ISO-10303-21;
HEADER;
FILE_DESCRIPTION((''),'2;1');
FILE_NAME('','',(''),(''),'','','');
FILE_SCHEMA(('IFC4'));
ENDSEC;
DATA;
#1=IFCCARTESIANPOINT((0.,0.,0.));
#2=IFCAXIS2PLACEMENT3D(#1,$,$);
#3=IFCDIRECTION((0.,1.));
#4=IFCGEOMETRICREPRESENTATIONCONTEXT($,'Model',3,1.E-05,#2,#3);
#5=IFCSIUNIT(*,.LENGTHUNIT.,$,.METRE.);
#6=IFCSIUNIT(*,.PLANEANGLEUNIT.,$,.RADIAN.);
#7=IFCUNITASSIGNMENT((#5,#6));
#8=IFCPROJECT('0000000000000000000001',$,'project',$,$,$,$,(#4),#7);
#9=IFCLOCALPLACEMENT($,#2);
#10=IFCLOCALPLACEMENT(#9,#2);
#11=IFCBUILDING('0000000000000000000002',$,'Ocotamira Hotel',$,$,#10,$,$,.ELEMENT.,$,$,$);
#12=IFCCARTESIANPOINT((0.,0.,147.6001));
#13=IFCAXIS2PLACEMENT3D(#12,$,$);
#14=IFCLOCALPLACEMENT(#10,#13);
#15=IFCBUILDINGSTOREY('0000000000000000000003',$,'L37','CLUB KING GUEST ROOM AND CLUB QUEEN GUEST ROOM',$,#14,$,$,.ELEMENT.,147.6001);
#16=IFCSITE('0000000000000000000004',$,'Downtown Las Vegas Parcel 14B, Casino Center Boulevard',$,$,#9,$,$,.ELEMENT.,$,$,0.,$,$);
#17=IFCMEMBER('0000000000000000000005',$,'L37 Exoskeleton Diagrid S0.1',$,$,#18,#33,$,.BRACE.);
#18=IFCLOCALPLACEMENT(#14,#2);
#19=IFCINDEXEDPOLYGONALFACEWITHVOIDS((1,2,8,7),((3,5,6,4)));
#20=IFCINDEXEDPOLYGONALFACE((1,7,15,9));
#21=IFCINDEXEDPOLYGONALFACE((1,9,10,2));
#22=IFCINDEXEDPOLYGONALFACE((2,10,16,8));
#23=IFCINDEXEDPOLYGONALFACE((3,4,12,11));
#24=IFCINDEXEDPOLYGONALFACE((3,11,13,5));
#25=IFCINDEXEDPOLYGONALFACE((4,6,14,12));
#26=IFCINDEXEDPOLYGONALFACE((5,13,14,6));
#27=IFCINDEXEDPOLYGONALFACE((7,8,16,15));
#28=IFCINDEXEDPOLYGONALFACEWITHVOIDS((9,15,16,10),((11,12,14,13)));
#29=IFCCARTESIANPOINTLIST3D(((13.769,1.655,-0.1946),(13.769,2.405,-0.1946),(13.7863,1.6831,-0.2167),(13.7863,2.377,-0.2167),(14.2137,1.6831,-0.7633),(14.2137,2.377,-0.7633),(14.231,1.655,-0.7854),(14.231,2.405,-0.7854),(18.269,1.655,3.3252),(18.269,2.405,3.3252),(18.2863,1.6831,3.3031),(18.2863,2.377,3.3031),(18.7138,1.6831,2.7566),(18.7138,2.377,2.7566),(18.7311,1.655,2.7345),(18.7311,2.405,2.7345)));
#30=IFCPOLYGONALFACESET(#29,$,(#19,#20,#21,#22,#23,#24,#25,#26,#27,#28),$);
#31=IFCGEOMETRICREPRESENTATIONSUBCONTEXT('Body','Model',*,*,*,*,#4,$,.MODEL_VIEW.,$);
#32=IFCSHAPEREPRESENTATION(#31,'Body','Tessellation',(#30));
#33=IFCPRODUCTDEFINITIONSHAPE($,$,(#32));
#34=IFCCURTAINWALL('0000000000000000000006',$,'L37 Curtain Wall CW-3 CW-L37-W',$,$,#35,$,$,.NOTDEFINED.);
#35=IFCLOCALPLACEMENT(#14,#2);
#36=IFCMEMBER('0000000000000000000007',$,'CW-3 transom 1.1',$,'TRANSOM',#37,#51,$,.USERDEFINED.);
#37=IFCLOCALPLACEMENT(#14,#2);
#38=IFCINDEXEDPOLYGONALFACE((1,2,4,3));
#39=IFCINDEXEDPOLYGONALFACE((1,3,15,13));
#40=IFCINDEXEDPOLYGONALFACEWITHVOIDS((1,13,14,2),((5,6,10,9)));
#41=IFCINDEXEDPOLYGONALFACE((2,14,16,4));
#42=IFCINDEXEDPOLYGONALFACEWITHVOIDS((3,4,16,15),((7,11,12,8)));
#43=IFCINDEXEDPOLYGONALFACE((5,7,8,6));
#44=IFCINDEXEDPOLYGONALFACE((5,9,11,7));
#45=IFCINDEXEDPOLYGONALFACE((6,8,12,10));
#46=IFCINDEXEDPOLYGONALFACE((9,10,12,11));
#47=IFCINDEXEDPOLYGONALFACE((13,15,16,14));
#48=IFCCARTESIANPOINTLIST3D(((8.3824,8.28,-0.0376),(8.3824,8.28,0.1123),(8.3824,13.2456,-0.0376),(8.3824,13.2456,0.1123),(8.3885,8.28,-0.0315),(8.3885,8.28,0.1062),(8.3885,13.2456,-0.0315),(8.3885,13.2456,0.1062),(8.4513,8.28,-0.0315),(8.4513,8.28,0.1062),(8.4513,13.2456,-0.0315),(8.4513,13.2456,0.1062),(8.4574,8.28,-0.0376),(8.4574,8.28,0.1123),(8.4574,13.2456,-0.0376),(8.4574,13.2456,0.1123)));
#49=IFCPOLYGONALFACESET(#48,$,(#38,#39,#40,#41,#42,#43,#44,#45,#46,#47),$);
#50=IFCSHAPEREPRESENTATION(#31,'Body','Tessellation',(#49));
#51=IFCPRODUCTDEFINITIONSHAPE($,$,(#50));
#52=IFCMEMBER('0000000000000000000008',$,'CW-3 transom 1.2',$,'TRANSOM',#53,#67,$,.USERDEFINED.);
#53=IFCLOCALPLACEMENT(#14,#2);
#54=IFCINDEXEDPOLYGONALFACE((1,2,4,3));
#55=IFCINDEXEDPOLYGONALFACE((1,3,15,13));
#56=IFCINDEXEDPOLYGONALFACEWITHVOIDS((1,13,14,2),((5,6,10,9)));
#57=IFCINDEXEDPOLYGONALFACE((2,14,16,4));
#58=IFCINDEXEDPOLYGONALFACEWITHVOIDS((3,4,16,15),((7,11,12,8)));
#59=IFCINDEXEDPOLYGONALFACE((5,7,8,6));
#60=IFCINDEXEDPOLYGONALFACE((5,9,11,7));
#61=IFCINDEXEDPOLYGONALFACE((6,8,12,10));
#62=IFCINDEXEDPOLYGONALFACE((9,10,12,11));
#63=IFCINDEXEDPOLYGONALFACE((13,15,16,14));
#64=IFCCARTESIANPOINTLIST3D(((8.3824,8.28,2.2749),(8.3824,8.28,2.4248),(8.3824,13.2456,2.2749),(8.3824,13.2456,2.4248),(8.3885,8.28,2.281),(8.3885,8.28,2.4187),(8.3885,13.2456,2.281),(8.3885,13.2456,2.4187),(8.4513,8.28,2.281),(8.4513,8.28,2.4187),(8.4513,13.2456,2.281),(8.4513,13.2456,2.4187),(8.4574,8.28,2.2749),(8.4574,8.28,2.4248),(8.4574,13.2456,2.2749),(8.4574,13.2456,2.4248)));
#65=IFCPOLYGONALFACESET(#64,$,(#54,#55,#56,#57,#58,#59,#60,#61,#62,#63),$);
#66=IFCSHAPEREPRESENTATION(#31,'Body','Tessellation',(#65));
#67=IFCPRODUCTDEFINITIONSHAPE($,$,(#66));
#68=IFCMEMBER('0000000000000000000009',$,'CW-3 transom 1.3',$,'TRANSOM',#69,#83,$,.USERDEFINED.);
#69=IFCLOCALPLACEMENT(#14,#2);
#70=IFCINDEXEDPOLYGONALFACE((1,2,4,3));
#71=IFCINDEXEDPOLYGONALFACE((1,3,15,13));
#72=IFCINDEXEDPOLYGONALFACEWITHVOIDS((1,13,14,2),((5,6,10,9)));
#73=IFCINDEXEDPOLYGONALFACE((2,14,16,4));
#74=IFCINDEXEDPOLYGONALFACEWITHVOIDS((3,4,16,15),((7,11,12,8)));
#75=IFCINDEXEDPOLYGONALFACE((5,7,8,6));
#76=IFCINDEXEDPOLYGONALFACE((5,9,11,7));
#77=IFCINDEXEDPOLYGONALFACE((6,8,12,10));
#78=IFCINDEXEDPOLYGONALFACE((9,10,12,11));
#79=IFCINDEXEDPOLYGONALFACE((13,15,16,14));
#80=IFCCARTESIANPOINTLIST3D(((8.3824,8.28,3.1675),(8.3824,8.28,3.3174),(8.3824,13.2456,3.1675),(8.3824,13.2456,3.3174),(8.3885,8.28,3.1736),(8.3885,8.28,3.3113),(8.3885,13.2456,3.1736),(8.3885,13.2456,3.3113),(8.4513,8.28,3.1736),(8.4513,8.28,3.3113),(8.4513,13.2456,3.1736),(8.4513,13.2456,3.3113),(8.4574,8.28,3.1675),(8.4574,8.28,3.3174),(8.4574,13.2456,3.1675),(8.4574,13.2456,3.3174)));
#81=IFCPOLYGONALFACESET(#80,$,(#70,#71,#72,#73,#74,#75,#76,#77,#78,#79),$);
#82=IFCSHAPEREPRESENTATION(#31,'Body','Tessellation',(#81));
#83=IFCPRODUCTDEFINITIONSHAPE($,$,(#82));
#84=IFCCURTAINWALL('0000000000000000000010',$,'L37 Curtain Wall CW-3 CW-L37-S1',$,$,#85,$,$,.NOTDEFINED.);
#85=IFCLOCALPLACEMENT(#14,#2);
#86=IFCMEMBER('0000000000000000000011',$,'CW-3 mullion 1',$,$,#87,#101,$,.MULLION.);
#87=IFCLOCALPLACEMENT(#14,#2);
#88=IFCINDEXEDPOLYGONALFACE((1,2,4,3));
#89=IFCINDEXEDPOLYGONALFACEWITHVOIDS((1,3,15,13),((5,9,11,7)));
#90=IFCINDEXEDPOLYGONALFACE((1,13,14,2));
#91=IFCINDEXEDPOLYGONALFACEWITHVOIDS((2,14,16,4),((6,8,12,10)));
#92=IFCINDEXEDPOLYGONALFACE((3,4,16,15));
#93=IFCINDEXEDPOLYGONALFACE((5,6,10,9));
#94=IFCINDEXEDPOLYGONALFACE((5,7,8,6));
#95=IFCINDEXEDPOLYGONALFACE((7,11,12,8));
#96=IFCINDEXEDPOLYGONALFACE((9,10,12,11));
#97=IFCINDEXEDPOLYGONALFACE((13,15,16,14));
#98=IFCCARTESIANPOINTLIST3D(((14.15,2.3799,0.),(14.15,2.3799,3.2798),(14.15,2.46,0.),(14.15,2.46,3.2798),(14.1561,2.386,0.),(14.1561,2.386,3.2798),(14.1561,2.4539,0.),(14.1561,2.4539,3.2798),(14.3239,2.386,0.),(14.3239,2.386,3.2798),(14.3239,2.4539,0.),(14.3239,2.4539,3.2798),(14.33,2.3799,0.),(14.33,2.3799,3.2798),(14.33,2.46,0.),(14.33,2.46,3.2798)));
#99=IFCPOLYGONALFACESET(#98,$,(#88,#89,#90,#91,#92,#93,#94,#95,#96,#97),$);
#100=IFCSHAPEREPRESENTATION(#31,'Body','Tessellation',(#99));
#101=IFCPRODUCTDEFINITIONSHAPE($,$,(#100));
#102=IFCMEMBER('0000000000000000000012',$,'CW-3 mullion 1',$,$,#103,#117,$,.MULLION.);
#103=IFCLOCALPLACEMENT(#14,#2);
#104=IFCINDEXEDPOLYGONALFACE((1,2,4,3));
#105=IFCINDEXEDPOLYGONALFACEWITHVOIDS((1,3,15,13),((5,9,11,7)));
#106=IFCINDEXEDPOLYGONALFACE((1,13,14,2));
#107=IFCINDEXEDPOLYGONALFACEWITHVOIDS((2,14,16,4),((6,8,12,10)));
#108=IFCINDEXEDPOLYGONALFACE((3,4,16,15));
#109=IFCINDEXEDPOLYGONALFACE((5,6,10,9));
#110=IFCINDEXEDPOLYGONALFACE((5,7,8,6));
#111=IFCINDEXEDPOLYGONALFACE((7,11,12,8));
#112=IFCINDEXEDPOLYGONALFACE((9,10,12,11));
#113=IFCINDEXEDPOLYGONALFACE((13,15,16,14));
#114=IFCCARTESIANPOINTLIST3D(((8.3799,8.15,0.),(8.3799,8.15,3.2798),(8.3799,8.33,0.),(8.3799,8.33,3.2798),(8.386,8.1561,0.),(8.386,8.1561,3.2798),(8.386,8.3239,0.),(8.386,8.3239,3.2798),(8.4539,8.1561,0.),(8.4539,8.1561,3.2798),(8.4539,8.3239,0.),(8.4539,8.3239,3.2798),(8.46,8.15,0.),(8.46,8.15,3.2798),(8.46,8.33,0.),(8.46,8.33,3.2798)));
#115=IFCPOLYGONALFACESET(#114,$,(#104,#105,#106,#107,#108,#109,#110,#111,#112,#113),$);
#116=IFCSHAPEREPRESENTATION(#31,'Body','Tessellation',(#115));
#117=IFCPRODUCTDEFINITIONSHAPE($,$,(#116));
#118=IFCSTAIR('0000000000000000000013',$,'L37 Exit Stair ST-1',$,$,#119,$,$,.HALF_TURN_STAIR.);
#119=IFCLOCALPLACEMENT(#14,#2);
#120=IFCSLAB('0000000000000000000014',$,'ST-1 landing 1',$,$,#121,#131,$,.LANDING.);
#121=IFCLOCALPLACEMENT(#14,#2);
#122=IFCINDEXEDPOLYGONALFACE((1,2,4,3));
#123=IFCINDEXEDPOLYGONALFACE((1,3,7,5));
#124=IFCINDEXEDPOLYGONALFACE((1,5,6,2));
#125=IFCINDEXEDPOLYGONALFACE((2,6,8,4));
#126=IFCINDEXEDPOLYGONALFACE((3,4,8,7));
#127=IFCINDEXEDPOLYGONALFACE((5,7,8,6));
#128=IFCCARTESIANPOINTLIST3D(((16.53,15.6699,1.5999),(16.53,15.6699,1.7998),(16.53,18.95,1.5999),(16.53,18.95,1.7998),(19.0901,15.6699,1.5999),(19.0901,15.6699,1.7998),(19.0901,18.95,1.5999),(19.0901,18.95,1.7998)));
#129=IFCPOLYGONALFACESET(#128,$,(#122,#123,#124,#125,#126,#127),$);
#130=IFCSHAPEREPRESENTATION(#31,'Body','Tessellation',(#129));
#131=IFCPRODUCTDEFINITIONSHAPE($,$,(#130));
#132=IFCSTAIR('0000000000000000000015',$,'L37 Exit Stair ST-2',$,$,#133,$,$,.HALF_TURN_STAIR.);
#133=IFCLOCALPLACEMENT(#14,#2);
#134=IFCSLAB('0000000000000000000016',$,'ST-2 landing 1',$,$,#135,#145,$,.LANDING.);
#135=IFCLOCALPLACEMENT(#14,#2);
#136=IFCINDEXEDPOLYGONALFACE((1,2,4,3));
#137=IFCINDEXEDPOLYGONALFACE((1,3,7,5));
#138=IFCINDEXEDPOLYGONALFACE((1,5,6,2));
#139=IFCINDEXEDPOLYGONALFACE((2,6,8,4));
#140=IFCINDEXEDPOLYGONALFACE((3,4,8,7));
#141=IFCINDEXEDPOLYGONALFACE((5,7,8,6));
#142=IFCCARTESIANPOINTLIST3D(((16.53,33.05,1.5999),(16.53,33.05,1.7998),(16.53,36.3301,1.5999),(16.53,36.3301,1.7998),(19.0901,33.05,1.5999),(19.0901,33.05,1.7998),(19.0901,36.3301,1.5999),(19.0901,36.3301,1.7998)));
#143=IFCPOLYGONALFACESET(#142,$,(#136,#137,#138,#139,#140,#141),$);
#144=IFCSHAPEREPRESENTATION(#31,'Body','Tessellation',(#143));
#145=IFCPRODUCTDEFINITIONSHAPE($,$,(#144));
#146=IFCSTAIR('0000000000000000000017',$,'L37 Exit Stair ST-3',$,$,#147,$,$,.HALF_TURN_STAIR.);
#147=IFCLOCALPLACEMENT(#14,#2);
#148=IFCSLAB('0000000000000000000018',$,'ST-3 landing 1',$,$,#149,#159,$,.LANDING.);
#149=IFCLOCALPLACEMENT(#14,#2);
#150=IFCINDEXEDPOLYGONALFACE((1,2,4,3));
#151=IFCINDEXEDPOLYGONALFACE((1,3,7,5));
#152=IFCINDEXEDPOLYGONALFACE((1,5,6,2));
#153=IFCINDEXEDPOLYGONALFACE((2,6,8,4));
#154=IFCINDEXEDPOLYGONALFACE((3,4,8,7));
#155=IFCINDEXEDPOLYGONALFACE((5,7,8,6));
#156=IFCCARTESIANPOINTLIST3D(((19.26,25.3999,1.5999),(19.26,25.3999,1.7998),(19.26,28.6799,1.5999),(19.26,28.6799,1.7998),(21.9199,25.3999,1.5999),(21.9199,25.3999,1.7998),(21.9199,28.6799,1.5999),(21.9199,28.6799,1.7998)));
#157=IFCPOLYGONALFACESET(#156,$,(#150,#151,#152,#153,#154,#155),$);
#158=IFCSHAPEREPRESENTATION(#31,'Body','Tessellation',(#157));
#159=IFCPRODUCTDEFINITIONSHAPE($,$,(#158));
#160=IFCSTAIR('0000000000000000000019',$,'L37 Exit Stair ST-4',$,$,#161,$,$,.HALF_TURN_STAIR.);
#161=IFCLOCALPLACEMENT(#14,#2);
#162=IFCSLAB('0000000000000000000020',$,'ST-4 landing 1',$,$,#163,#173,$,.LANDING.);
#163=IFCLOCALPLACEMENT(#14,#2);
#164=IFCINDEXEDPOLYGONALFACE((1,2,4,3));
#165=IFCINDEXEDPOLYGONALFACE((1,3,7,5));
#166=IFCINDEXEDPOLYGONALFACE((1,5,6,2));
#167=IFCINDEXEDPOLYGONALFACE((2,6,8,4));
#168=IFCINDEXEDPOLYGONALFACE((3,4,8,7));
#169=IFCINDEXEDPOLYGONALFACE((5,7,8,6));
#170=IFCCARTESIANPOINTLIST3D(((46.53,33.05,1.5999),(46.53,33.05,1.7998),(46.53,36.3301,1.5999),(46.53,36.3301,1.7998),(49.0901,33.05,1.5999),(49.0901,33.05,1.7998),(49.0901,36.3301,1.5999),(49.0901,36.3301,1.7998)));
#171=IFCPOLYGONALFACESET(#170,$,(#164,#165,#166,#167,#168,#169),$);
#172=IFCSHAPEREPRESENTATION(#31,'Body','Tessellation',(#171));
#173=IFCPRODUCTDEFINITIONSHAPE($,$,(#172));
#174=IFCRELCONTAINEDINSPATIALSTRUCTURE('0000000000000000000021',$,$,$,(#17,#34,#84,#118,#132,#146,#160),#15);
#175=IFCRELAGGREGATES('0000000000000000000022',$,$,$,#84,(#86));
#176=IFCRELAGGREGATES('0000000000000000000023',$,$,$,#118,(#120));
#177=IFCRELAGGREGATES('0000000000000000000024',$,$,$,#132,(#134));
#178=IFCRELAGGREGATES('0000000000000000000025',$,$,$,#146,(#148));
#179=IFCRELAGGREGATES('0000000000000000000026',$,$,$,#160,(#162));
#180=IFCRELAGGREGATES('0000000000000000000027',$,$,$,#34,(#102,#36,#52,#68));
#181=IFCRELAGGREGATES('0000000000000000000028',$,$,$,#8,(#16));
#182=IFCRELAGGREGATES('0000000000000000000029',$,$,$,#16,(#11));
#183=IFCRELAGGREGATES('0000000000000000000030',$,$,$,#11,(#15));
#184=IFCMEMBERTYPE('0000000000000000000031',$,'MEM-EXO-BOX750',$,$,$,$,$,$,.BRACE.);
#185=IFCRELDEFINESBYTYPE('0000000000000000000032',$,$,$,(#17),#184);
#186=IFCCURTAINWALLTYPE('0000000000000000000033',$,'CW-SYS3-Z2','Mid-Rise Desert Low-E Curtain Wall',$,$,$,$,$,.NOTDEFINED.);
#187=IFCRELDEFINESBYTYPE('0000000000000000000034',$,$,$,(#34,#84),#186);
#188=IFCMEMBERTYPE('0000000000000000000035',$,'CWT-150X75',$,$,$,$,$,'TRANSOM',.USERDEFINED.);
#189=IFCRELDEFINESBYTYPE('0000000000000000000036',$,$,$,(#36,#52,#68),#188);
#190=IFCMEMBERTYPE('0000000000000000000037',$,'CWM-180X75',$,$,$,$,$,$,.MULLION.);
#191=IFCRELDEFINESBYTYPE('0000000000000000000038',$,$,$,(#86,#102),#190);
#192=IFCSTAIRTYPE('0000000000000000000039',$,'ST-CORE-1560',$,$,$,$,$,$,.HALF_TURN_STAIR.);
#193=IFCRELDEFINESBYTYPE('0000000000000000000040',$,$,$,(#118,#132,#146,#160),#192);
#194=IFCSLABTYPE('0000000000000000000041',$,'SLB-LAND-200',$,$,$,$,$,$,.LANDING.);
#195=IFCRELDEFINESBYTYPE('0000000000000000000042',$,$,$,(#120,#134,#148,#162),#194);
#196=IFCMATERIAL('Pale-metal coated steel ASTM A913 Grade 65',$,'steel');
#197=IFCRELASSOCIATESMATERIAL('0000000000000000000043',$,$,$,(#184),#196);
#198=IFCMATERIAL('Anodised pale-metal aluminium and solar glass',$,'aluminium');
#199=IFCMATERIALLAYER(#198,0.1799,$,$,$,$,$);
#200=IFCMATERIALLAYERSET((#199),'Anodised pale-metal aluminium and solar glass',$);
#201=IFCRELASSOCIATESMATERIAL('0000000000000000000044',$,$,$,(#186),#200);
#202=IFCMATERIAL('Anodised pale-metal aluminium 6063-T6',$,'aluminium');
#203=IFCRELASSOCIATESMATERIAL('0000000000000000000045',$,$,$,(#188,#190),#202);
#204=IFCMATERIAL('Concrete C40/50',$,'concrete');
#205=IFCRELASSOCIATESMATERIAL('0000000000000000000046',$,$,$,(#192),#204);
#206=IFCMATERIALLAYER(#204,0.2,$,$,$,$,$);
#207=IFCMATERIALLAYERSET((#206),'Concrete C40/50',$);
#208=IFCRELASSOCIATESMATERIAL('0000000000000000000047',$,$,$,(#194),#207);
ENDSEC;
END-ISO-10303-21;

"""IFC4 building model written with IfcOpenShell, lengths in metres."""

from ifc_helpers import new_model, si_unit, direction, frame, origin, origin_2d, place, context, subcontext, project, spatial, polyline, hollow_rectangle, outline, extrude, source, transform, mapped, material, layer, layer_set, material_profile, profile_set, type_object, element, aggregate, save


model = new_model("IFC4")

# Units and contexts
model_context = context("Model", 3, precision=1e-05, world=origin(), true_north=direction((0.0, 1.0)))
body_context = subcontext(model_context, "Body", "Model", "MODEL_VIEW")
ifc_project = project(units=[si_unit("LENGTHUNIT", "METRE"), si_unit("PLANEANGLEUNIT", "RADIAN")], contexts=[model_context])

# Site, building, storey
site_placement = place(None, origin())
site = spatial("IfcSite", under=ifc_project, at=site_placement, Name="Downtown Las Vegas Parcel 14B, Casino Center Boulevard", CompositionType="ELEMENT", RefElevation=0.0)
building_placement = place(site_placement, origin())
building = spatial("IfcBuilding", under=site, at=building_placement, Name="Ocotamira Hotel", CompositionType="ELEMENT")
storey_placement = place(building_placement, frame((0.0, 0.0, 147.6001)))
storey = spatial("IfcBuildingStorey", under=building, at=storey_placement, Name="L37", Description="CLUB KING GUEST ROOM AND CLUB QUEEN GUEST ROOM", CompositionType="ELEMENT", Elevation=147.6001)

# Member
ifc_material_1 = material(Name="Pale-metal coated steel ASTM A913 Grade 65", Category="steel")
ifc_material_profile_1 = material_profile(ifc_material_1, hollow_rectangle(XDim=0.75, YDim=0.75, WallThickness=0.0281, at=origin_2d()), Name="BOX750X750X28")
ifc_profile_set_1 = profile_set([ifc_material_profile_1], Name="Pale-metal coated steel ASTM A913 Grade 65")
member_type_1 = type_object("IfcMemberType", Name="MEM-EXO-BOX750", PredefinedType="BRACE", material=ifc_profile_set_1)
shared_shape_1 = source(origin(), body_context, "Body", "SweptSolid", [
    extrude(hollow_rectangle(XDim=0.75, YDim=0.75, WallThickness=0.0281, at=origin_2d()), origin(), (0.0, 0.0, 1.0), 5.7131),
])
member_1_placement = place(storey_placement, frame((14.0, 2.03, -0.49), z_axis=(0.787672, 0.0, 0.616095), x_axis=(0.0, 1.0, 0.0)))
element("IfcMember", 1, at=member_1_placement, inside=storey, type_object=member_type_1, Name="L37 Exoskeleton Diagrid S0.1", PredefinedType="BRACE", context=body_context, shape_type="MappedRepresentation", body=[
    mapped(shared_shape_1, transform((0.0, 0.0, 0.0), scale=1.0)),
])

# Curtain wall, members
ifc_material_2 = material(Name="Anodised pale-metal aluminium and solar glass", Category="aluminium")
ifc_layer_1 = layer(ifc_material_2, 0.1799)
ifc_layer_set_1 = layer_set([ifc_layer_1], Name="Anodised pale-metal aluminium and solar glass")
curtain_wall_type = type_object("IfcCurtainWallType", Name="CW-SYS3-Z2", Description="Mid-Rise Desert Low-E Curtain Wall", PredefinedType="NOTDEFINED", material=ifc_layer_set_1)
curtain_wall_1_placement = place(storey_placement, origin())
curtain_wall_1 = element("IfcCurtainWall", 2, at=curtain_wall_1_placement, inside=storey, type_object=curtain_wall_type, Name="L37 Curtain Wall CW-3 CW-L37-W", PredefinedType="NOTDEFINED")
ifc_material_3 = material(Name="Anodised pale-metal aluminium 6063-T6", Category="aluminium")
ifc_material_profile_2 = material_profile(ifc_material_3, hollow_rectangle(XDim=0.075, YDim=0.1499, WallThickness=0.0061, at=origin_2d()), Name="HSS150X75X6")
ifc_profile_set_2 = profile_set([ifc_material_profile_2], Name="Anodised pale-metal aluminium 6063-T6")
member_type_2 = type_object("IfcMemberType", Name="CWT-150X75", ElementType="TRANSOM", PredefinedType="USERDEFINED", material=ifc_profile_set_2)
shared_shape_2 = source(origin(), body_context, "Body", "SweptSolid", [
    extrude(hollow_rectangle(XDim=0.075, YDim=0.1499, WallThickness=0.0061, at=origin_2d()), origin(), (0.0, 0.0, 1.0), 4.9656),
])
member_2_placement = place(storey_placement, frame((8.4199, 8.28, 0.0374), z_axis=(0.0, 1.0, 0.0), x_axis=(-1.0, 0.0, 0.0)))
member_2 = element("IfcMember", 3, at=member_2_placement, type_object=member_type_2, Name="CW-3 transom 1.1", ObjectType="TRANSOM", PredefinedType="USERDEFINED", context=body_context, shape_type="MappedRepresentation", body=[
    mapped(shared_shape_2, transform((0.0, 0.0, 0.0), scale=1.0)),
])
member_3_placement = place(storey_placement, frame((8.4199, 8.28, 2.3499), z_axis=(0.0, 1.0, 0.0), x_axis=(-1.0, 0.0, 0.0)))
member_3 = element("IfcMember", 4, at=member_3_placement, type_object=member_type_2, Name="CW-3 transom 1.2", ObjectType="TRANSOM", PredefinedType="USERDEFINED", context=body_context, shape_type="MappedRepresentation", body=[
    mapped(shared_shape_2, transform((0.0, 0.0, 0.0), scale=1.0)),
])
member_4_placement = place(storey_placement, frame((8.4199, 8.28, 3.2424), z_axis=(0.0, 1.0, 0.0), x_axis=(-1.0, 0.0, 0.0)))
member_4 = element("IfcMember", 5, at=member_4_placement, type_object=member_type_2, Name="CW-3 transom 1.3", ObjectType="TRANSOM", PredefinedType="USERDEFINED", context=body_context, shape_type="MappedRepresentation", body=[
    mapped(shared_shape_2, transform((0.0, 0.0, 0.0), scale=1.0)),
])

# Curtain wall, member
curtain_wall_2_placement = place(storey_placement, origin())
curtain_wall_2 = element("IfcCurtainWall", 6, at=curtain_wall_2_placement, inside=storey, type_object=curtain_wall_type, Name="L37 Curtain Wall CW-3 CW-L37-S1", PredefinedType="NOTDEFINED")
ifc_material_profile_3 = material_profile(ifc_material_3, hollow_rectangle(XDim=0.0801, YDim=0.1799, WallThickness=0.0061, at=origin_2d()), Name="HSS180X80X6")
ifc_profile_set_3 = profile_set([ifc_material_profile_3], Name="Anodised pale-metal aluminium 6063-T6")
member_type_3 = type_object("IfcMemberType", Name="CWM-180X75", PredefinedType="MULLION", material=ifc_profile_set_3)
shared_shape_3 = source(origin(), body_context, "Body", "SweptSolid", [
    extrude(hollow_rectangle(XDim=0.0801, YDim=0.1799, WallThickness=0.0061, at=origin_2d()), origin(), (0.0, 0.0, 1.0), 3.2798),
])
member_5_placement = place(storey_placement, frame((14.24, 2.4199, 0.0), z_axis=(0.0, 0.0, 1.0), x_axis=(0.0, 1.0, 0.0)))
member_5 = element("IfcMember", 7, at=member_5_placement, type_object=member_type_3, Name="CW-3 mullion 1", PredefinedType="MULLION", context=body_context, shape_type="MappedRepresentation", body=[
    mapped(shared_shape_3, transform((0.0, 0.0, 0.0), scale=1.0)),
])
aggregate(curtain_wall_2, [member_5])

# Member
member_6_placement = place(storey_placement, frame((8.4199, 8.24, 0.0), z_axis=(0.0, 0.0, 1.0), x_axis=(-1.0, 0.0, 0.0)))
member_6 = element("IfcMember", 8, at=member_6_placement, type_object=member_type_3, Name="CW-3 mullion 1", PredefinedType="MULLION", context=body_context, shape_type="MappedRepresentation", body=[
    mapped(shared_shape_3, transform((0.0, 0.0, 0.0), scale=1.0)),
])

# Stairs, slabs
ifc_material_4 = material(Name="Concrete C40/50", Category="concrete")
stair_type = type_object("IfcStairType", Name="ST-CORE-1560", PredefinedType="HALF_TURN_STAIR", material=ifc_material_4)
stair_1_placement = place(storey_placement, origin())
stair_1 = element("IfcStair", 9, at=stair_1_placement, inside=storey, type_object=stair_type, Name="L37 Exit Stair ST-1", PredefinedType="HALF_TURN_STAIR")
ifc_layer_2 = layer(ifc_material_4, 0.2)
ifc_layer_set_2 = layer_set([ifc_layer_2], Name="Concrete C40/50")
slab_type_1 = type_object("IfcSlabType", Name="SLB-LAND-200", PredefinedType="LANDING", material=ifc_layer_set_2)
slab_1_placement = place(storey_placement, frame((0.0, 0.0, 1.5999)))
slab_1 = element("IfcSlab", 10, at=slab_1_placement, type_object=slab_type_1, Name="ST-1 landing 1", PredefinedType="LANDING", context=body_context, shape_type="SweptSolid", body=[
    extrude(outline(polyline([(16.53, 15.6699), (19.0901, 15.6699), (19.0901, 18.95), (16.53, 18.95), (16.53, 15.6699)])), origin(), (0.0, 0.0, 1.0), 0.2),
])
aggregate(stair_1, [slab_1])
stair_2_placement = place(storey_placement, origin())
stair_2 = element("IfcStair", 11, at=stair_2_placement, inside=storey, type_object=stair_type, Name="L37 Exit Stair ST-2", PredefinedType="HALF_TURN_STAIR")
slab_2_placement = place(storey_placement, frame((0.0, 0.0, 1.5999)))
slab_2 = element("IfcSlab", 12, at=slab_2_placement, type_object=slab_type_1, Name="ST-2 landing 1", PredefinedType="LANDING", context=body_context, shape_type="SweptSolid", body=[
    extrude(outline(polyline([(16.53, 33.05), (19.0901, 33.05), (19.0901, 36.3301), (16.53, 36.3301), (16.53, 33.05)])), origin(), (0.0, 0.0, 1.0), 0.2),
])
aggregate(stair_2, [slab_2])
stair_3_placement = place(storey_placement, origin())
stair_3 = element("IfcStair", 13, at=stair_3_placement, inside=storey, type_object=stair_type, Name="L37 Exit Stair ST-3", PredefinedType="HALF_TURN_STAIR")
slab_3_placement = place(storey_placement, frame((0.0, 0.0, 1.5999)))
slab_3 = element("IfcSlab", 14, at=slab_3_placement, type_object=slab_type_1, Name="ST-3 landing 1", PredefinedType="LANDING", context=body_context, shape_type="SweptSolid", body=[
    extrude(outline(polyline([(19.26, 25.3999), (21.9199, 25.3999), (21.9199, 28.6799), (19.26, 28.6799), (19.26, 25.3999)])), origin(), (0.0, 0.0, 1.0), 0.2),
])
aggregate(stair_3, [slab_3])
stair_4_placement = place(storey_placement, origin())
stair_4 = element("IfcStair", 15, at=stair_4_placement, inside=storey, type_object=stair_type, Name="L37 Exit Stair ST-4", PredefinedType="HALF_TURN_STAIR")
slab_4_placement = place(storey_placement, frame((0.0, 0.0, 1.5999)))
slab_4 = element("IfcSlab", 16, at=slab_4_placement, type_object=slab_type_1, Name="ST-4 landing 1", PredefinedType="LANDING", context=body_context, shape_type="SweptSolid", body=[
    extrude(outline(polyline([(46.53, 33.05), (49.0901, 33.05), (49.0901, 36.3301), (46.53, 36.3301), (46.53, 33.05)])), origin(), (0.0, 0.0, 1.0), 0.2),
])
aggregate(stair_4, [slab_4])

aggregate(curtain_wall_1, [member_6, member_2, member_3, member_4])

save(model, "model.ifc")
